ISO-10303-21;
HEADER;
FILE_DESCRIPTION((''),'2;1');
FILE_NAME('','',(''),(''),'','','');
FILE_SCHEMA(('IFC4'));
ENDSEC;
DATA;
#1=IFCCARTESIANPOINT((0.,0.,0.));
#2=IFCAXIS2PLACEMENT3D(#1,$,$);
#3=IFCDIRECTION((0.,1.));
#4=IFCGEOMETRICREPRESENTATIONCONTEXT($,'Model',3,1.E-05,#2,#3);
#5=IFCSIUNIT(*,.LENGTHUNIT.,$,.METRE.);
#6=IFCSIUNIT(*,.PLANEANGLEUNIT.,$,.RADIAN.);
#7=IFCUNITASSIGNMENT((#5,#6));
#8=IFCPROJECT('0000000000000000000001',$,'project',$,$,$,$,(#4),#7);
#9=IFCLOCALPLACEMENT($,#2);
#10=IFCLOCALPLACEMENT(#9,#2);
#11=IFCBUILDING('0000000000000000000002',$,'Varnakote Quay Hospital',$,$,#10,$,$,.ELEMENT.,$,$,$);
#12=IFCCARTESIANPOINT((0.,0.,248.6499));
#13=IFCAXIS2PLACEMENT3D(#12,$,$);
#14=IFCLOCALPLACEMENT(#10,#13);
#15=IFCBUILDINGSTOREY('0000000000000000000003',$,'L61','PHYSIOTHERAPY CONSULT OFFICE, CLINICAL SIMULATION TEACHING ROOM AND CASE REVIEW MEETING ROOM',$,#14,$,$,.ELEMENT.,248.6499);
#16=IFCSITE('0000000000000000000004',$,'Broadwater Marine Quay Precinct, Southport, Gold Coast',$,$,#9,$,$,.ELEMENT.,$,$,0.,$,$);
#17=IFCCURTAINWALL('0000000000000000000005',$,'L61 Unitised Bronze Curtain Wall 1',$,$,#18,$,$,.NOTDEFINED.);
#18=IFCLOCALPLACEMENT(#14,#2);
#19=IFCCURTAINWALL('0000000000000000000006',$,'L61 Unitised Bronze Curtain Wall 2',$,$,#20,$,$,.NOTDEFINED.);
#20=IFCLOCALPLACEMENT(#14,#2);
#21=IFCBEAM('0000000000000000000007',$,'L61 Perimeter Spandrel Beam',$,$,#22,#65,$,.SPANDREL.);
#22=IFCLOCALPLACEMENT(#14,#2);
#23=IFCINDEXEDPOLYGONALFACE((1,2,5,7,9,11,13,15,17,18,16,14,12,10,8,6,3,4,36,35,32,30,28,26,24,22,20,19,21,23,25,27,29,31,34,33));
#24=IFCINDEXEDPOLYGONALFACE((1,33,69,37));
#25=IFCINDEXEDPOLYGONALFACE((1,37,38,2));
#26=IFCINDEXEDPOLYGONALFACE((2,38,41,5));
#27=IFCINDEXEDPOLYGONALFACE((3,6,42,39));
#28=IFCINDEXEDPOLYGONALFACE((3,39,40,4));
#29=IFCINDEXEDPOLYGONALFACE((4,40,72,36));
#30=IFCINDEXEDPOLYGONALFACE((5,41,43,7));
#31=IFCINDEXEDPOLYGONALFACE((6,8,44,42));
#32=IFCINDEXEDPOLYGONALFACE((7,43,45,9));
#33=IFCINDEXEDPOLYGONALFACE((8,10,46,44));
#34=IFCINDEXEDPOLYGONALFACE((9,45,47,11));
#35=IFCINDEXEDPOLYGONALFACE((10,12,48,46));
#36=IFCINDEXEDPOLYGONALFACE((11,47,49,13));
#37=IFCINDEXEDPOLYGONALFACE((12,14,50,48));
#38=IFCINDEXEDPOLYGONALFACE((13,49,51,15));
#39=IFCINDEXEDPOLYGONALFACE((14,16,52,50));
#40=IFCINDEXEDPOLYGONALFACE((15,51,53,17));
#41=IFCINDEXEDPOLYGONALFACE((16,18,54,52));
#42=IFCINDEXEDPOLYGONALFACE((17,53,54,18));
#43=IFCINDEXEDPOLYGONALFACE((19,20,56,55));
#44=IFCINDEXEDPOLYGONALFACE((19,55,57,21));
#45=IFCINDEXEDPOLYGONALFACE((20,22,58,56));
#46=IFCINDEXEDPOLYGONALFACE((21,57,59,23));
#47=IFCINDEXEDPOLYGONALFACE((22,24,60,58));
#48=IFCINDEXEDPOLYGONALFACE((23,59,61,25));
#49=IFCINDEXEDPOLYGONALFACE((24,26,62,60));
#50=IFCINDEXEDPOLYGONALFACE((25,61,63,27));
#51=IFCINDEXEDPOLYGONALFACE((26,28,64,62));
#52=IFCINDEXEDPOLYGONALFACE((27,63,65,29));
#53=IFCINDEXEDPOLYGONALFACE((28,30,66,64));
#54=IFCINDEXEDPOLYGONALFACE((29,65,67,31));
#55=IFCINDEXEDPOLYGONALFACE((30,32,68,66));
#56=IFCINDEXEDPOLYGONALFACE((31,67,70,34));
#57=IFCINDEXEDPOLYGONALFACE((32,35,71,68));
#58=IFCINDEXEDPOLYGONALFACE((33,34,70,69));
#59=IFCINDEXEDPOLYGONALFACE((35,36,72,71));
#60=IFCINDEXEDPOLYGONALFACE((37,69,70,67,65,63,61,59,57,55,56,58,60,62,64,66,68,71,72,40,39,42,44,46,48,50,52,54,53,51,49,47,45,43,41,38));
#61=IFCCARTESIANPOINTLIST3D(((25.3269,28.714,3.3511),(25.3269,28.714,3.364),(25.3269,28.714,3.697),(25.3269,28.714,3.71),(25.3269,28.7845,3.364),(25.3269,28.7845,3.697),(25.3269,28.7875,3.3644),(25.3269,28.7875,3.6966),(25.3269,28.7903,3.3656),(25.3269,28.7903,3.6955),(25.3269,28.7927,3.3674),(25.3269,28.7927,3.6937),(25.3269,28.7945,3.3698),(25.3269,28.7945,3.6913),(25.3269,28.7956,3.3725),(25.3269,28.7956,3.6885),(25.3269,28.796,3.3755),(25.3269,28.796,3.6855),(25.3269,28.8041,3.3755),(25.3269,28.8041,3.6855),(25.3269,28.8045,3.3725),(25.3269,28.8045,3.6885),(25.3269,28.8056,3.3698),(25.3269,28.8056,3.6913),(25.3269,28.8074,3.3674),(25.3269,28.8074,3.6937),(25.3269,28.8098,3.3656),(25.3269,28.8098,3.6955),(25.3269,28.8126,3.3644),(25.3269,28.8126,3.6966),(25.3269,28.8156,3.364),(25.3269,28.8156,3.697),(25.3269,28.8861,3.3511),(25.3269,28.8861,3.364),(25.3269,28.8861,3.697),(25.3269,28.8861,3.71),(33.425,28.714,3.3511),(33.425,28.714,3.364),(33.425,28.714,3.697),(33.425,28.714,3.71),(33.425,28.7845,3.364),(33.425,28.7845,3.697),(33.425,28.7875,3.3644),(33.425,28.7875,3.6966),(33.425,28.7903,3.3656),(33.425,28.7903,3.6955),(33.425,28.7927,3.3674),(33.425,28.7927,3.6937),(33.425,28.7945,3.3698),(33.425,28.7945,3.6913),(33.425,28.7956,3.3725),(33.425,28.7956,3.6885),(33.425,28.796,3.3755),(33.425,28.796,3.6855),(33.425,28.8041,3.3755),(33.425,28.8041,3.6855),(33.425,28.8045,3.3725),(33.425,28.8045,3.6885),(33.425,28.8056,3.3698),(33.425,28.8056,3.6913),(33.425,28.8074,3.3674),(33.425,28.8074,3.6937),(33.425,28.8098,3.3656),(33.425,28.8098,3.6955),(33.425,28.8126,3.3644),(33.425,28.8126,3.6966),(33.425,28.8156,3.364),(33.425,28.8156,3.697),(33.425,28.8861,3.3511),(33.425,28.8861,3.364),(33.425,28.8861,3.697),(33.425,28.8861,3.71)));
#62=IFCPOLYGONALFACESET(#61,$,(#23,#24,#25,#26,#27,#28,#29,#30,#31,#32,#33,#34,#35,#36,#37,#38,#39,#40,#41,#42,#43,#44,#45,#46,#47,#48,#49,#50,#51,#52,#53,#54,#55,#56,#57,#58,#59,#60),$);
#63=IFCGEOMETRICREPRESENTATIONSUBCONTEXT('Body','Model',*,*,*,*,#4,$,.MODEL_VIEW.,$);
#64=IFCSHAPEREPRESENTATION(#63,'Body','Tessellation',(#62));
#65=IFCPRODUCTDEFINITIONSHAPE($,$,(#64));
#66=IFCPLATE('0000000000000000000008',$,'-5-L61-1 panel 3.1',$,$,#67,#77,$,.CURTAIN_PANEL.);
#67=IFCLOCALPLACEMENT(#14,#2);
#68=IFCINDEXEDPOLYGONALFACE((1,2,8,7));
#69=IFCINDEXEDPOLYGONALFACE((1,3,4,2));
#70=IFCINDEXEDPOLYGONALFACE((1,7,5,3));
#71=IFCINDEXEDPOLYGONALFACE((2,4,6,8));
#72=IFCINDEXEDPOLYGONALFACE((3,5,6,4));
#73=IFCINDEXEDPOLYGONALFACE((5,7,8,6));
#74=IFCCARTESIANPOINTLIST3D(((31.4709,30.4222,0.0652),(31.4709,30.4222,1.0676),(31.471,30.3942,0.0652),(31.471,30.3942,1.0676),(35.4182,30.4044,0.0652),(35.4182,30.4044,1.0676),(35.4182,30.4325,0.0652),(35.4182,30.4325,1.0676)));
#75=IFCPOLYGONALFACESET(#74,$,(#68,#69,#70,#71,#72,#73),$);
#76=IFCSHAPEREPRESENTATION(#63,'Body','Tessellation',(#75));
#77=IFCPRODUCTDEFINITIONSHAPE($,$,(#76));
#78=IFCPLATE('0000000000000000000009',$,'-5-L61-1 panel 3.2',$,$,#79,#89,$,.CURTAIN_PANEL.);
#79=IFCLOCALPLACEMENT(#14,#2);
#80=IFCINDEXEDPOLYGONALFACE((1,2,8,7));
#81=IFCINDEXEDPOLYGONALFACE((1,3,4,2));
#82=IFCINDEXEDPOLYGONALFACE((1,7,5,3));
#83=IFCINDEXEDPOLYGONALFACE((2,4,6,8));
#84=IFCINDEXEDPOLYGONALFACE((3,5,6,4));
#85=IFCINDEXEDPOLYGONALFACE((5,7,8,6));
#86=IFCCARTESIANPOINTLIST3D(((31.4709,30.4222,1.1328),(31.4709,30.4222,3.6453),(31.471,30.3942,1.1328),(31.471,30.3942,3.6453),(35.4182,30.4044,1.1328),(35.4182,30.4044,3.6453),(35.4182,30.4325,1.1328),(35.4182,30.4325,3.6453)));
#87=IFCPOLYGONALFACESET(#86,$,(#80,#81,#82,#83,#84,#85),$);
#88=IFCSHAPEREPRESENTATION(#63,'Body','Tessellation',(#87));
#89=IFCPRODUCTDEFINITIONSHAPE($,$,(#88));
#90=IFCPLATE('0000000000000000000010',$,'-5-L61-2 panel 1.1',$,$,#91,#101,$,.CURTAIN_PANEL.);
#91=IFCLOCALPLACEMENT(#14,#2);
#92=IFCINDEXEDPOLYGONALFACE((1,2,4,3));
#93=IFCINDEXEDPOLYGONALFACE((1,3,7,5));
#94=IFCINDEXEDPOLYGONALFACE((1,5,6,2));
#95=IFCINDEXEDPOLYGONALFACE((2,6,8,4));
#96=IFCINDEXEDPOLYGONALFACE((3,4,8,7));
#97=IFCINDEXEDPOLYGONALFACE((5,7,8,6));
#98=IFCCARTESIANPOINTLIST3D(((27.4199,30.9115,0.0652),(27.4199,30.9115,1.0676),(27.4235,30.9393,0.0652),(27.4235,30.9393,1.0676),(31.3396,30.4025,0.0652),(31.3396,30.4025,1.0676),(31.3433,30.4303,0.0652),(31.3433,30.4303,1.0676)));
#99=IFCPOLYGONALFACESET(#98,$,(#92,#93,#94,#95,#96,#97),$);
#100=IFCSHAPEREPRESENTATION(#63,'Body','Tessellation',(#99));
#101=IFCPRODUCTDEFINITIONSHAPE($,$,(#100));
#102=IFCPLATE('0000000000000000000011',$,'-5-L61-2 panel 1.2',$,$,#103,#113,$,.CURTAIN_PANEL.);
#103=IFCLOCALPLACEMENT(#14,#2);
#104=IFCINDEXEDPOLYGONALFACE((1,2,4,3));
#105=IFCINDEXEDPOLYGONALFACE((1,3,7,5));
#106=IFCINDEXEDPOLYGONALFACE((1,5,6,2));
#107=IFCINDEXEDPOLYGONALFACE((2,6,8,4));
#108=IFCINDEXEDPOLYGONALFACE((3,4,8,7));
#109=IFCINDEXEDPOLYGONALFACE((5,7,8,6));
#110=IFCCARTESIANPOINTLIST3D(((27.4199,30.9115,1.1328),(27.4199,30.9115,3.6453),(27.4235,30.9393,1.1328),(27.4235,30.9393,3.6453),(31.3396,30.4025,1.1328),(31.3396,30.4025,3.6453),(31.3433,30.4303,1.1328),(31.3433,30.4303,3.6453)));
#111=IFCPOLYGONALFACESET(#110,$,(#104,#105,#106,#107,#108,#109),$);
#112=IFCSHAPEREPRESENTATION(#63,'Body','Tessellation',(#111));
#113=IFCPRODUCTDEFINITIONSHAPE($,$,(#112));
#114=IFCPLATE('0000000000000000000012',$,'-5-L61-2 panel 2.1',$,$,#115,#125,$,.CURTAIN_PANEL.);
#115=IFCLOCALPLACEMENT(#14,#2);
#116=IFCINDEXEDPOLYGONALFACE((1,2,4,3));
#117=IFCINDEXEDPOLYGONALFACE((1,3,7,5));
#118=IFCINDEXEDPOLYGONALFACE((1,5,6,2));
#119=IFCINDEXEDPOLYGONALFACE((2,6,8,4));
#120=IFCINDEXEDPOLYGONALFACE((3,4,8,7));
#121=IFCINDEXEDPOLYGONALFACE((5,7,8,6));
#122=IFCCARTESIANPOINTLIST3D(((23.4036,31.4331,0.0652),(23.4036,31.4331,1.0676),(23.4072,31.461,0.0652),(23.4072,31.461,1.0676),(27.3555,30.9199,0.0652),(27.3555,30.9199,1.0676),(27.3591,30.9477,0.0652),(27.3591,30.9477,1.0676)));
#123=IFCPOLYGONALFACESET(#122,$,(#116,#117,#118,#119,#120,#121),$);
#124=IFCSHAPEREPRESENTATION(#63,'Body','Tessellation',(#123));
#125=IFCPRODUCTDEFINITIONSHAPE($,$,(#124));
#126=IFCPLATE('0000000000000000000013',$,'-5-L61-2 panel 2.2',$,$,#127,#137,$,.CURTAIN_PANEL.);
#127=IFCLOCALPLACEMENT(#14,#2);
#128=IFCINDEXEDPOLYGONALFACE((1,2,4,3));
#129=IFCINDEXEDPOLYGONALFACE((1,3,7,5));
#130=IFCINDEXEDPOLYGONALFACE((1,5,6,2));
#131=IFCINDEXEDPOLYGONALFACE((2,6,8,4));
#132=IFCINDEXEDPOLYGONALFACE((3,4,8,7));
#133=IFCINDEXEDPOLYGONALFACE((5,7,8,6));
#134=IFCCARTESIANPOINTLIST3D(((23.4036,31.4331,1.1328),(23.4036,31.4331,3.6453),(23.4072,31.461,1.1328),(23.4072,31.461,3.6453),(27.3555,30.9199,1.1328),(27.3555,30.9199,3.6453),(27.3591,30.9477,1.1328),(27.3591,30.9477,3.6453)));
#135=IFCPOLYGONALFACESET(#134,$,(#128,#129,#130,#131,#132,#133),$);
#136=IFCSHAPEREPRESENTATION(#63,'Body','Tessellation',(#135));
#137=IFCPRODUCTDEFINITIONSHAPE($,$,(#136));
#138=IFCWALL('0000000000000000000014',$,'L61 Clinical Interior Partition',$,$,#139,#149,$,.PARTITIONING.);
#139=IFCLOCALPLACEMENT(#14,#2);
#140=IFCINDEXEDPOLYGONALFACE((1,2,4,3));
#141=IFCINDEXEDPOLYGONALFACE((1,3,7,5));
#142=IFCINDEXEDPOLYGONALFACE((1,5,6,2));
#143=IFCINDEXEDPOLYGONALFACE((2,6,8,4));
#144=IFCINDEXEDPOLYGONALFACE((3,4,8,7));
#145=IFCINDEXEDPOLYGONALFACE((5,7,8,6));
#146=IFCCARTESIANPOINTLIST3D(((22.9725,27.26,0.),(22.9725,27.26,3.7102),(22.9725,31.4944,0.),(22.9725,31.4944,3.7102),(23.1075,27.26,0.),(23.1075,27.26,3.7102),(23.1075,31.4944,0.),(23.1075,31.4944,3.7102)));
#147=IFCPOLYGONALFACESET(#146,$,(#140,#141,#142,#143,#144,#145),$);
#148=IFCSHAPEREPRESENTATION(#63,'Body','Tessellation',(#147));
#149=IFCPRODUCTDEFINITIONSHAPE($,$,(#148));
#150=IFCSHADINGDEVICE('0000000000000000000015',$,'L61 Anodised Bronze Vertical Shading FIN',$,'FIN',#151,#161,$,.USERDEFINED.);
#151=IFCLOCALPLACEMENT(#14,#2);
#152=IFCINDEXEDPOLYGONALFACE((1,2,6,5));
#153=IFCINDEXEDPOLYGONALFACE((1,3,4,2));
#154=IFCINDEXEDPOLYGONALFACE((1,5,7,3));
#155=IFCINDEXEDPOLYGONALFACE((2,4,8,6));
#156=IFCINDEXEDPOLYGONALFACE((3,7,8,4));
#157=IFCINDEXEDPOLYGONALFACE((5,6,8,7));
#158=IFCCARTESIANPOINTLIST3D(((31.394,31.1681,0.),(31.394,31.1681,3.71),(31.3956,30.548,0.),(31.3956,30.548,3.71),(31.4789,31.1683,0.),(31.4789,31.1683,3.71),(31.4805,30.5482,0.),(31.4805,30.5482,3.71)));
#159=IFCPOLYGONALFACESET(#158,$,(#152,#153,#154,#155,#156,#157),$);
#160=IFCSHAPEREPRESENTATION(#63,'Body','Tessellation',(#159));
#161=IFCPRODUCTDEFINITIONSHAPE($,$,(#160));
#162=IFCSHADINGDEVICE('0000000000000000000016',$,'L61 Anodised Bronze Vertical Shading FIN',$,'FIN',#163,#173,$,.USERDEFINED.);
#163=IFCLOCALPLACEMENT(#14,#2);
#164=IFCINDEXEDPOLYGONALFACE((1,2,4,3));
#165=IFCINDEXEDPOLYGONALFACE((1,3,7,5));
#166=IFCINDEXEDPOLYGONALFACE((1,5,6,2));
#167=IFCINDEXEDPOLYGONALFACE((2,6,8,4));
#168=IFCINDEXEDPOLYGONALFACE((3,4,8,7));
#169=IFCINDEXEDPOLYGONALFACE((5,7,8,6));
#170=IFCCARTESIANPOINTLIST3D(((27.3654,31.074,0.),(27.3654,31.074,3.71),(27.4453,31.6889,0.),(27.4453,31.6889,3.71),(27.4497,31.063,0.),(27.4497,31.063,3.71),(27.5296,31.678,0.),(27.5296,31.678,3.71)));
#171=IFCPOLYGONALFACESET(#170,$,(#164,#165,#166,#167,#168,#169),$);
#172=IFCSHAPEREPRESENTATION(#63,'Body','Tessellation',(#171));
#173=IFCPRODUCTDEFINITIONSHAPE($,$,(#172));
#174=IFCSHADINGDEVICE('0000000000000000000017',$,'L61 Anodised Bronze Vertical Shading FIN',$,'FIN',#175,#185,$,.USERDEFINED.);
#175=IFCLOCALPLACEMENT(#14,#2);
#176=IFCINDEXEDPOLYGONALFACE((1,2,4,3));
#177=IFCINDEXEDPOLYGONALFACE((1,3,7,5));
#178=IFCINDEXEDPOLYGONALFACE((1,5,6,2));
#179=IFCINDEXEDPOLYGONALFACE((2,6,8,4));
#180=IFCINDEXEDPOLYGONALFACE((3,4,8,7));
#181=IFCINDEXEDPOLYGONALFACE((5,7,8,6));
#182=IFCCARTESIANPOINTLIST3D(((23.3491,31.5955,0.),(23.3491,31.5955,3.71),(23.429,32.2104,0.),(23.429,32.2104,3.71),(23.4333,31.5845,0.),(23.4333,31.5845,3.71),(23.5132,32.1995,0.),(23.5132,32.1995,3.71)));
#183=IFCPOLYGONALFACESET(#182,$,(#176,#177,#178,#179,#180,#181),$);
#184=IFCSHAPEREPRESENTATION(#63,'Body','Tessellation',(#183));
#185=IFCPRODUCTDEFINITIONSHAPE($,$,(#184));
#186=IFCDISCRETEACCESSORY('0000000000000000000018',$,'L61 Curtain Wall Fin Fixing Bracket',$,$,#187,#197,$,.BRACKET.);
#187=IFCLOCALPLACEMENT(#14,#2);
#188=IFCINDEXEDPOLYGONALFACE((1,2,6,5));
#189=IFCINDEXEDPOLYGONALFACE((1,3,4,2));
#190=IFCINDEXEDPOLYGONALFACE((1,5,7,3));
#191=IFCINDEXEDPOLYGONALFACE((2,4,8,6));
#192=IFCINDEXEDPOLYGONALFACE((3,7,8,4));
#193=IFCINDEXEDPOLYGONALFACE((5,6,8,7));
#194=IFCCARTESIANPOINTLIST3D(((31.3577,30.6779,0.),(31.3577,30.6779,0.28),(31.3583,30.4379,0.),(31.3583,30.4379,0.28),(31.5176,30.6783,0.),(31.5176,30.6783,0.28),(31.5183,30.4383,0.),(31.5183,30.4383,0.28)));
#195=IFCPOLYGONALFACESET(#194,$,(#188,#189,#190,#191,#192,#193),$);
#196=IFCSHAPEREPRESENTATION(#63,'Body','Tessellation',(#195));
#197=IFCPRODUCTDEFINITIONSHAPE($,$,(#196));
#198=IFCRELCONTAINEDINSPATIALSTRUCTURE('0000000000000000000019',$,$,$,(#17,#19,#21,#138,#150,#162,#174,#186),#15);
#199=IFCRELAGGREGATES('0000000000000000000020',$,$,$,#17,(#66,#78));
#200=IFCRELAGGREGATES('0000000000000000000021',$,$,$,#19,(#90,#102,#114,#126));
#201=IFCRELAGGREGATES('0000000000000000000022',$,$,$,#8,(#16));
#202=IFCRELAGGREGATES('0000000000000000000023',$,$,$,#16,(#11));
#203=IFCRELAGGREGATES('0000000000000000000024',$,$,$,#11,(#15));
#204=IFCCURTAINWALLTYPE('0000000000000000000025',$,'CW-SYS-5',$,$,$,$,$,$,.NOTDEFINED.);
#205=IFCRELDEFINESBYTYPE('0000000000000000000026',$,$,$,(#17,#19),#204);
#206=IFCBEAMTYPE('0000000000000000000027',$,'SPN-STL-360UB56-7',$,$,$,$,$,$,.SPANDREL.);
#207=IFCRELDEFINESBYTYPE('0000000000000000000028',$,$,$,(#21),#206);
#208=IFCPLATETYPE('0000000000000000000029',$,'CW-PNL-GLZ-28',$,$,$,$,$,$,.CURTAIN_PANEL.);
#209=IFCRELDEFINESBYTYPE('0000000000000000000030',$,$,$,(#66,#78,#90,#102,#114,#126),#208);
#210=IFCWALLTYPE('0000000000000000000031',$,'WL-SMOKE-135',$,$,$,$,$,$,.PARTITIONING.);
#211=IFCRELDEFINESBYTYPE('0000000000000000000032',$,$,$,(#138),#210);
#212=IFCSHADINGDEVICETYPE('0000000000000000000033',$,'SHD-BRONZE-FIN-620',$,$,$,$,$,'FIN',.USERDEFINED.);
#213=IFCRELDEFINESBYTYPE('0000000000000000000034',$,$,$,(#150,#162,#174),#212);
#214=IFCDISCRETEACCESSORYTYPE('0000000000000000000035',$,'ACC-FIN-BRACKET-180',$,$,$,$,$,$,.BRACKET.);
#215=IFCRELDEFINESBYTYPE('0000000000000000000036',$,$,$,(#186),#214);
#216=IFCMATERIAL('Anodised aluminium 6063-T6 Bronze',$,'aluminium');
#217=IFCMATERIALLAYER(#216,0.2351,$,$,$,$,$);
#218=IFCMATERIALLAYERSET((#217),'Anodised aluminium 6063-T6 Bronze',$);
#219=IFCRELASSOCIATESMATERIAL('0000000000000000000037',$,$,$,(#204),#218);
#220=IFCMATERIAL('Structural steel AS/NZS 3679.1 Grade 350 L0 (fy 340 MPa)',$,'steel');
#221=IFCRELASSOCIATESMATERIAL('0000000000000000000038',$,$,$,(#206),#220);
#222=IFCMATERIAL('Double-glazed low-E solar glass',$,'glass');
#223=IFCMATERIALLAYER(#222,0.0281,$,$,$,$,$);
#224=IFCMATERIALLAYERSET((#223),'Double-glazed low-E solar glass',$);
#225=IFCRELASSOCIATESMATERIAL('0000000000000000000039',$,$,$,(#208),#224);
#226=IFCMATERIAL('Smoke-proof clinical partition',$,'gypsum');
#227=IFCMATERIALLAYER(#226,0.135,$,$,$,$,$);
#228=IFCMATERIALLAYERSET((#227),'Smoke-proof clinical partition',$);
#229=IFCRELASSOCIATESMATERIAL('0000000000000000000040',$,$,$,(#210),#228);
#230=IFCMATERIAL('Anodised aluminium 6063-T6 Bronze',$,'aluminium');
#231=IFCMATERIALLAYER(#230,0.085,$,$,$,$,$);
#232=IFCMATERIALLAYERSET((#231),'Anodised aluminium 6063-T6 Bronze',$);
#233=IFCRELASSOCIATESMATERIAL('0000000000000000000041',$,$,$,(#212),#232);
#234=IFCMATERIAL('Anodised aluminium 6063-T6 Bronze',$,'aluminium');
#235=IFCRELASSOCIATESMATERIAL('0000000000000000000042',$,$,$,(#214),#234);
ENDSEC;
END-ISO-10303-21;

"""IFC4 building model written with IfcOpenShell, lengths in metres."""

from ifc_helpers import new_model, si_unit, direction, frame, frame_2d, origin, origin_2d, place, context, subcontext, project, spatial, rectangle, i_section, extrude, material, layer, layer_set, material_profile, profile_set, type_object, element, aggregate, save


model = new_model("IFC4")

# Units and contexts
model_context = context("Model", 3, precision=1e-05, world=origin(), true_north=direction((0.0, 1.0)))
body_context = subcontext(model_context, "Body", "Model", "MODEL_VIEW")
ifc_project = project(units=[si_unit("LENGTHUNIT", "METRE"), si_unit("PLANEANGLEUNIT", "RADIAN")], contexts=[model_context])

# Site, building, storey
site_placement = place(None, origin())
site = spatial("IfcSite", under=ifc_project, at=site_placement, Name="Broadwater Marine Quay Precinct, Southport, Gold Coast", CompositionType="ELEMENT", RefElevation=0.0)
building_placement = place(site_placement, origin())
building = spatial("IfcBuilding", under=site, at=building_placement, Name="Varnakote Quay Hospital", CompositionType="ELEMENT")
storey_placement = place(building_placement, frame((0.0, 0.0, 248.6499)))
storey = spatial("IfcBuildingStorey", under=building, at=storey_placement, Name="L61", Description="PHYSIOTHERAPY CONSULT OFFICE, CLINICAL SIMULATION TEACHING ROOM AND CASE REVIEW MEETING ROOM", CompositionType="ELEMENT", Elevation=248.6499)

# Curtain wall
ifc_material_1 = material(Name="Anodised aluminium 6063-T6 Bronze", Category="aluminium")
ifc_layer_1 = layer(ifc_material_1, 0.2351)
ifc_layer_set_1 = layer_set([ifc_layer_1], Name="Anodised aluminium 6063-T6 Bronze")
curtain_wall_type = type_object("IfcCurtainWallType", Name="CW-SYS-5", PredefinedType="NOTDEFINED", material=ifc_layer_set_1)
curtain_wall_1_placement = place(storey_placement, origin())
curtain_wall_1 = element("IfcCurtainWall", 1, at=curtain_wall_1_placement, inside=storey, type_object=curtain_wall_type, Name="L61 Unitised Bronze Curtain Wall 1", PredefinedType="NOTDEFINED")

# Curtain wall
curtain_wall_2_placement = place(storey_placement, origin())
curtain_wall_2 = element("IfcCurtainWall", 2, at=curtain_wall_2_placement, inside=storey, type_object=curtain_wall_type, Name="L61 Unitised Bronze Curtain Wall 2", PredefinedType="NOTDEFINED")

# Beam
ifc_material_2 = material(Name="Structural steel AS/NZS 3679.1 Grade 350 L0 (fy 340 MPa)", Category="steel")
ifc_material_profile_1 = material_profile(ifc_material_2, i_section(OverallWidth=0.1721, OverallDepth=0.3589, WebThickness=0.0081, FlangeThickness=0.0129, FilletRadius=0.0115, at=origin_2d()), Name="360UB56.7")
ifc_profile_set_1 = profile_set([ifc_material_profile_1], Name="Structural steel AS/NZS 3679.1 Grade 350 L0 (fy 340 MPa)")
beam_type_1 = type_object("IfcBeamType", Name="SPN-STL-360UB56-7", PredefinedType="SPANDREL", material=ifc_profile_set_1)
beam_1_placement = place(storey_placement, frame((25.3269, 28.8, 3.5305), z_axis=(1.0, 0.0, 0.0), x_axis=(0.0, 1.0, 0.0)))
element("IfcBeam", 3, at=beam_1_placement, inside=storey, type_object=beam_type_1, Name="L61 Perimeter Spandrel Beam", PredefinedType="SPANDREL", context=body_context, shape_type="SweptSolid", body=[
    extrude(i_section(OverallWidth=0.1721, OverallDepth=0.3589, WebThickness=0.0081, FlangeThickness=0.0129, FilletRadius=0.0115, at=origin_2d()), origin(), (0.0, 0.0, 1.0), 8.0981),
])

# Plates
ifc_material_3 = material(Name="Double-glazed low-E solar glass", Category="glass")
ifc_layer_2 = layer(ifc_material_3, 0.0281)
ifc_layer_set_2 = layer_set([ifc_layer_2], Name="Double-glazed low-E solar glass")
plate_type = type_object("IfcPlateType", Name="CW-PNL-GLZ-28", PredefinedType="CURTAIN_PANEL", material=ifc_layer_set_2)
plate_1_placement = place(storey_placement, frame((33.4446, 30.4133, 0.0652), z_axis=(0.0, 0.0, 1.0), x_axis=(-0.999997, -0.002604, 0.0)))
plate_1 = element("IfcPlate", 4, at=plate_1_placement, type_object=plate_type, Name="-5-L61-1 panel 3.1", PredefinedType="CURTAIN_PANEL", context=body_context, shape_type="SweptSolid", body=[
    extrude(rectangle(XDim=3.9473, YDim=0.0281, at=origin_2d()), origin(), (0.0, 0.0, 1.0), 1.0024),
])
plate_2_placement = place(storey_placement, frame((33.4446, 30.4133, 1.1328), z_axis=(0.0, 0.0, 1.0), x_axis=(-0.999997, -0.002604, 0.0)))
plate_2 = element("IfcPlate", 5, at=plate_2_placement, type_object=plate_type, Name="-5-L61-1 panel 3.2", PredefinedType="CURTAIN_PANEL", context=body_context, shape_type="SweptSolid", body=[
    extrude(rectangle(XDim=3.9473, YDim=0.0281, at=origin_2d()), origin(), (0.0, 0.0, 1.0), 2.5125),
])
aggregate(curtain_wall_1, [plate_1, plate_2])
plate_3_placement = place(storey_placement, frame((29.3816, 30.6709, 0.0652), z_axis=(0.0, 0.0, 1.0), x_axis=(-0.991672, 0.128787, 0.0)))
plate_3 = element("IfcPlate", 6, at=plate_3_placement, type_object=plate_type, Name="-5-L61-2 panel 1.1", PredefinedType="CURTAIN_PANEL", context=body_context, shape_type="SweptSolid", body=[
    extrude(rectangle(XDim=3.9526, YDim=0.0281, at=origin_2d()), origin(), (0.0, 0.0, 1.0), 1.0024),
])
plate_4_placement = place(storey_placement, frame((29.3816, 30.6709, 1.1328), z_axis=(0.0, 0.0, 1.0), x_axis=(-0.991672, 0.128787, 0.0)))
plate_4 = element("IfcPlate", 7, at=plate_4_placement, type_object=plate_type, Name="-5-L61-2 panel 1.2", PredefinedType="CURTAIN_PANEL", context=body_context, shape_type="SweptSolid", body=[
    extrude(rectangle(XDim=3.9526, YDim=0.0281, at=origin_2d()), origin(), (0.0, 0.0, 1.0), 2.5125),
])
plate_5_placement = place(storey_placement, frame((25.3813, 31.1904, 0.0652), z_axis=(0.0, 0.0, 1.0), x_axis=(-0.991672, 0.128787, 0.0)))
plate_5 = element("IfcPlate", 8, at=plate_5_placement, type_object=plate_type, Name="-5-L61-2 panel 2.1", PredefinedType="CURTAIN_PANEL", context=body_context, shape_type="SweptSolid", body=[
    extrude(rectangle(XDim=3.9851, YDim=0.0281, at=origin_2d()), origin(), (0.0, 0.0, 1.0), 1.0024),
])
plate_6_placement = place(storey_placement, frame((25.3813, 31.1904, 1.1328), z_axis=(0.0, 0.0, 1.0), x_axis=(-0.991672, 0.128787, 0.0)))
plate_6 = element("IfcPlate", 9, at=plate_6_placement, type_object=plate_type, Name="-5-L61-2 panel 2.2", PredefinedType="CURTAIN_PANEL", context=body_context, shape_type="SweptSolid", body=[
    extrude(rectangle(XDim=3.9851, YDim=0.0281, at=origin_2d()), origin(), (0.0, 0.0, 1.0), 2.5125),
])
aggregate(curtain_wall_2, [plate_3, plate_4, plate_5, plate_6])

# Wall
ifc_material_4 = material(Name="Smoke-proof clinical partition", Category="gypsum")
ifc_layer_3 = layer(ifc_material_4, 0.135)
ifc_layer_set_3 = layer_set([ifc_layer_3], Name="Smoke-proof clinical partition")
wall_type = type_object("IfcWallType", Name="WL-SMOKE-135", PredefinedType="PARTITIONING", material=ifc_layer_set_3)
wall_placement = place(storey_placement, frame((23.04, 27.26, 0.0), z_axis=(0.0, 0.0, 1.0), x_axis=(0.0, 1.0, 0.0)))
element("IfcWall", 10, at=wall_placement, inside=storey, type_object=wall_type, Name="L61 Clinical Interior Partition", PredefinedType="PARTITIONING", context=body_context, shape_type="SweptSolid", body=[
    extrude(rectangle(XDim=4.2344, YDim=0.135, at=frame_2d((2.1172, 0.0))), origin(), (0.0, 0.0, 1.0), 3.7102),
])

# Shading devices
ifc_material_5 = material(Name="Anodised aluminium 6063-T6 Bronze", Category="aluminium")
ifc_layer_4 = layer(ifc_material_5, 0.085)
ifc_layer_set_4 = layer_set([ifc_layer_4], Name="Anodised aluminium 6063-T6 Bronze")
shading_device_type = type_object("IfcShadingDeviceType", Name="SHD-BRONZE-FIN-620", ElementType="FIN", PredefinedType="USERDEFINED", material=ifc_layer_set_4)
for number, where, z_axis, x_axis, name in (
    (11, (31.4373, 30.8582, 0.0), (0.0, 0.0, 1.0), (0.002618, -0.999997, 0.0), "L61 Anodised Bronze Vertical Shading FIN"),
    (12, (27.4475, 31.376, 0.0), (0.0, 0.0, 1.0), (-0.128796, -0.991671, 0.0), "L61 Anodised Bronze Vertical Shading FIN"),
    (13, (23.4312, 31.8975, 0.0), (0.0, 0.0, 1.0), (-0.128796, -0.991671, 0.0), "L61 Anodised Bronze Vertical Shading FIN"),
):
    element("IfcShadingDevice", number, at=place(storey_placement, frame(where, z_axis=z_axis, x_axis=x_axis)), inside=storey, type_object=shading_device_type, Name=name, ObjectType="FIN", PredefinedType="USERDEFINED", context=body_context, shape_type="SweptSolid", body=[
        extrude(rectangle(XDim=0.6201, YDim=0.085, at=origin_2d()), origin(), (0.0, 0.0, 1.0), 3.71),
    ])

# Discrete accessory
ifc_material_6 = material(Name="Anodised aluminium 6063-T6 Bronze", Category="aluminium")
discrete_accessory_type = type_object("IfcDiscreteAccessoryType", Name="ACC-FIN-BRACKET-180", PredefinedType="BRACKET", material=ifc_material_6)
for number, where, z_axis, x_axis, name in (
    (14, (31.438, 30.5581, 0.0), (0.0, 0.0, 1.0), (-0.999997, -0.002618, 0.0), "L61 Curtain Wall Fin Fixing Bracket"),
):
    element("IfcDiscreteAccessory", number, at=place(storey_placement, frame(where, z_axis=z_axis, x_axis=x_axis)), inside=storey, type_object=discrete_accessory_type, Name=name, PredefinedType="BRACKET", context=body_context, shape_type="SweptSolid", body=[
        extrude(rectangle(XDim=0.1599, YDim=0.24, at=origin_2d()), origin(), (0.0, 0.0, 1.0), 0.28),
    ])

save(model, "model.ifc")
